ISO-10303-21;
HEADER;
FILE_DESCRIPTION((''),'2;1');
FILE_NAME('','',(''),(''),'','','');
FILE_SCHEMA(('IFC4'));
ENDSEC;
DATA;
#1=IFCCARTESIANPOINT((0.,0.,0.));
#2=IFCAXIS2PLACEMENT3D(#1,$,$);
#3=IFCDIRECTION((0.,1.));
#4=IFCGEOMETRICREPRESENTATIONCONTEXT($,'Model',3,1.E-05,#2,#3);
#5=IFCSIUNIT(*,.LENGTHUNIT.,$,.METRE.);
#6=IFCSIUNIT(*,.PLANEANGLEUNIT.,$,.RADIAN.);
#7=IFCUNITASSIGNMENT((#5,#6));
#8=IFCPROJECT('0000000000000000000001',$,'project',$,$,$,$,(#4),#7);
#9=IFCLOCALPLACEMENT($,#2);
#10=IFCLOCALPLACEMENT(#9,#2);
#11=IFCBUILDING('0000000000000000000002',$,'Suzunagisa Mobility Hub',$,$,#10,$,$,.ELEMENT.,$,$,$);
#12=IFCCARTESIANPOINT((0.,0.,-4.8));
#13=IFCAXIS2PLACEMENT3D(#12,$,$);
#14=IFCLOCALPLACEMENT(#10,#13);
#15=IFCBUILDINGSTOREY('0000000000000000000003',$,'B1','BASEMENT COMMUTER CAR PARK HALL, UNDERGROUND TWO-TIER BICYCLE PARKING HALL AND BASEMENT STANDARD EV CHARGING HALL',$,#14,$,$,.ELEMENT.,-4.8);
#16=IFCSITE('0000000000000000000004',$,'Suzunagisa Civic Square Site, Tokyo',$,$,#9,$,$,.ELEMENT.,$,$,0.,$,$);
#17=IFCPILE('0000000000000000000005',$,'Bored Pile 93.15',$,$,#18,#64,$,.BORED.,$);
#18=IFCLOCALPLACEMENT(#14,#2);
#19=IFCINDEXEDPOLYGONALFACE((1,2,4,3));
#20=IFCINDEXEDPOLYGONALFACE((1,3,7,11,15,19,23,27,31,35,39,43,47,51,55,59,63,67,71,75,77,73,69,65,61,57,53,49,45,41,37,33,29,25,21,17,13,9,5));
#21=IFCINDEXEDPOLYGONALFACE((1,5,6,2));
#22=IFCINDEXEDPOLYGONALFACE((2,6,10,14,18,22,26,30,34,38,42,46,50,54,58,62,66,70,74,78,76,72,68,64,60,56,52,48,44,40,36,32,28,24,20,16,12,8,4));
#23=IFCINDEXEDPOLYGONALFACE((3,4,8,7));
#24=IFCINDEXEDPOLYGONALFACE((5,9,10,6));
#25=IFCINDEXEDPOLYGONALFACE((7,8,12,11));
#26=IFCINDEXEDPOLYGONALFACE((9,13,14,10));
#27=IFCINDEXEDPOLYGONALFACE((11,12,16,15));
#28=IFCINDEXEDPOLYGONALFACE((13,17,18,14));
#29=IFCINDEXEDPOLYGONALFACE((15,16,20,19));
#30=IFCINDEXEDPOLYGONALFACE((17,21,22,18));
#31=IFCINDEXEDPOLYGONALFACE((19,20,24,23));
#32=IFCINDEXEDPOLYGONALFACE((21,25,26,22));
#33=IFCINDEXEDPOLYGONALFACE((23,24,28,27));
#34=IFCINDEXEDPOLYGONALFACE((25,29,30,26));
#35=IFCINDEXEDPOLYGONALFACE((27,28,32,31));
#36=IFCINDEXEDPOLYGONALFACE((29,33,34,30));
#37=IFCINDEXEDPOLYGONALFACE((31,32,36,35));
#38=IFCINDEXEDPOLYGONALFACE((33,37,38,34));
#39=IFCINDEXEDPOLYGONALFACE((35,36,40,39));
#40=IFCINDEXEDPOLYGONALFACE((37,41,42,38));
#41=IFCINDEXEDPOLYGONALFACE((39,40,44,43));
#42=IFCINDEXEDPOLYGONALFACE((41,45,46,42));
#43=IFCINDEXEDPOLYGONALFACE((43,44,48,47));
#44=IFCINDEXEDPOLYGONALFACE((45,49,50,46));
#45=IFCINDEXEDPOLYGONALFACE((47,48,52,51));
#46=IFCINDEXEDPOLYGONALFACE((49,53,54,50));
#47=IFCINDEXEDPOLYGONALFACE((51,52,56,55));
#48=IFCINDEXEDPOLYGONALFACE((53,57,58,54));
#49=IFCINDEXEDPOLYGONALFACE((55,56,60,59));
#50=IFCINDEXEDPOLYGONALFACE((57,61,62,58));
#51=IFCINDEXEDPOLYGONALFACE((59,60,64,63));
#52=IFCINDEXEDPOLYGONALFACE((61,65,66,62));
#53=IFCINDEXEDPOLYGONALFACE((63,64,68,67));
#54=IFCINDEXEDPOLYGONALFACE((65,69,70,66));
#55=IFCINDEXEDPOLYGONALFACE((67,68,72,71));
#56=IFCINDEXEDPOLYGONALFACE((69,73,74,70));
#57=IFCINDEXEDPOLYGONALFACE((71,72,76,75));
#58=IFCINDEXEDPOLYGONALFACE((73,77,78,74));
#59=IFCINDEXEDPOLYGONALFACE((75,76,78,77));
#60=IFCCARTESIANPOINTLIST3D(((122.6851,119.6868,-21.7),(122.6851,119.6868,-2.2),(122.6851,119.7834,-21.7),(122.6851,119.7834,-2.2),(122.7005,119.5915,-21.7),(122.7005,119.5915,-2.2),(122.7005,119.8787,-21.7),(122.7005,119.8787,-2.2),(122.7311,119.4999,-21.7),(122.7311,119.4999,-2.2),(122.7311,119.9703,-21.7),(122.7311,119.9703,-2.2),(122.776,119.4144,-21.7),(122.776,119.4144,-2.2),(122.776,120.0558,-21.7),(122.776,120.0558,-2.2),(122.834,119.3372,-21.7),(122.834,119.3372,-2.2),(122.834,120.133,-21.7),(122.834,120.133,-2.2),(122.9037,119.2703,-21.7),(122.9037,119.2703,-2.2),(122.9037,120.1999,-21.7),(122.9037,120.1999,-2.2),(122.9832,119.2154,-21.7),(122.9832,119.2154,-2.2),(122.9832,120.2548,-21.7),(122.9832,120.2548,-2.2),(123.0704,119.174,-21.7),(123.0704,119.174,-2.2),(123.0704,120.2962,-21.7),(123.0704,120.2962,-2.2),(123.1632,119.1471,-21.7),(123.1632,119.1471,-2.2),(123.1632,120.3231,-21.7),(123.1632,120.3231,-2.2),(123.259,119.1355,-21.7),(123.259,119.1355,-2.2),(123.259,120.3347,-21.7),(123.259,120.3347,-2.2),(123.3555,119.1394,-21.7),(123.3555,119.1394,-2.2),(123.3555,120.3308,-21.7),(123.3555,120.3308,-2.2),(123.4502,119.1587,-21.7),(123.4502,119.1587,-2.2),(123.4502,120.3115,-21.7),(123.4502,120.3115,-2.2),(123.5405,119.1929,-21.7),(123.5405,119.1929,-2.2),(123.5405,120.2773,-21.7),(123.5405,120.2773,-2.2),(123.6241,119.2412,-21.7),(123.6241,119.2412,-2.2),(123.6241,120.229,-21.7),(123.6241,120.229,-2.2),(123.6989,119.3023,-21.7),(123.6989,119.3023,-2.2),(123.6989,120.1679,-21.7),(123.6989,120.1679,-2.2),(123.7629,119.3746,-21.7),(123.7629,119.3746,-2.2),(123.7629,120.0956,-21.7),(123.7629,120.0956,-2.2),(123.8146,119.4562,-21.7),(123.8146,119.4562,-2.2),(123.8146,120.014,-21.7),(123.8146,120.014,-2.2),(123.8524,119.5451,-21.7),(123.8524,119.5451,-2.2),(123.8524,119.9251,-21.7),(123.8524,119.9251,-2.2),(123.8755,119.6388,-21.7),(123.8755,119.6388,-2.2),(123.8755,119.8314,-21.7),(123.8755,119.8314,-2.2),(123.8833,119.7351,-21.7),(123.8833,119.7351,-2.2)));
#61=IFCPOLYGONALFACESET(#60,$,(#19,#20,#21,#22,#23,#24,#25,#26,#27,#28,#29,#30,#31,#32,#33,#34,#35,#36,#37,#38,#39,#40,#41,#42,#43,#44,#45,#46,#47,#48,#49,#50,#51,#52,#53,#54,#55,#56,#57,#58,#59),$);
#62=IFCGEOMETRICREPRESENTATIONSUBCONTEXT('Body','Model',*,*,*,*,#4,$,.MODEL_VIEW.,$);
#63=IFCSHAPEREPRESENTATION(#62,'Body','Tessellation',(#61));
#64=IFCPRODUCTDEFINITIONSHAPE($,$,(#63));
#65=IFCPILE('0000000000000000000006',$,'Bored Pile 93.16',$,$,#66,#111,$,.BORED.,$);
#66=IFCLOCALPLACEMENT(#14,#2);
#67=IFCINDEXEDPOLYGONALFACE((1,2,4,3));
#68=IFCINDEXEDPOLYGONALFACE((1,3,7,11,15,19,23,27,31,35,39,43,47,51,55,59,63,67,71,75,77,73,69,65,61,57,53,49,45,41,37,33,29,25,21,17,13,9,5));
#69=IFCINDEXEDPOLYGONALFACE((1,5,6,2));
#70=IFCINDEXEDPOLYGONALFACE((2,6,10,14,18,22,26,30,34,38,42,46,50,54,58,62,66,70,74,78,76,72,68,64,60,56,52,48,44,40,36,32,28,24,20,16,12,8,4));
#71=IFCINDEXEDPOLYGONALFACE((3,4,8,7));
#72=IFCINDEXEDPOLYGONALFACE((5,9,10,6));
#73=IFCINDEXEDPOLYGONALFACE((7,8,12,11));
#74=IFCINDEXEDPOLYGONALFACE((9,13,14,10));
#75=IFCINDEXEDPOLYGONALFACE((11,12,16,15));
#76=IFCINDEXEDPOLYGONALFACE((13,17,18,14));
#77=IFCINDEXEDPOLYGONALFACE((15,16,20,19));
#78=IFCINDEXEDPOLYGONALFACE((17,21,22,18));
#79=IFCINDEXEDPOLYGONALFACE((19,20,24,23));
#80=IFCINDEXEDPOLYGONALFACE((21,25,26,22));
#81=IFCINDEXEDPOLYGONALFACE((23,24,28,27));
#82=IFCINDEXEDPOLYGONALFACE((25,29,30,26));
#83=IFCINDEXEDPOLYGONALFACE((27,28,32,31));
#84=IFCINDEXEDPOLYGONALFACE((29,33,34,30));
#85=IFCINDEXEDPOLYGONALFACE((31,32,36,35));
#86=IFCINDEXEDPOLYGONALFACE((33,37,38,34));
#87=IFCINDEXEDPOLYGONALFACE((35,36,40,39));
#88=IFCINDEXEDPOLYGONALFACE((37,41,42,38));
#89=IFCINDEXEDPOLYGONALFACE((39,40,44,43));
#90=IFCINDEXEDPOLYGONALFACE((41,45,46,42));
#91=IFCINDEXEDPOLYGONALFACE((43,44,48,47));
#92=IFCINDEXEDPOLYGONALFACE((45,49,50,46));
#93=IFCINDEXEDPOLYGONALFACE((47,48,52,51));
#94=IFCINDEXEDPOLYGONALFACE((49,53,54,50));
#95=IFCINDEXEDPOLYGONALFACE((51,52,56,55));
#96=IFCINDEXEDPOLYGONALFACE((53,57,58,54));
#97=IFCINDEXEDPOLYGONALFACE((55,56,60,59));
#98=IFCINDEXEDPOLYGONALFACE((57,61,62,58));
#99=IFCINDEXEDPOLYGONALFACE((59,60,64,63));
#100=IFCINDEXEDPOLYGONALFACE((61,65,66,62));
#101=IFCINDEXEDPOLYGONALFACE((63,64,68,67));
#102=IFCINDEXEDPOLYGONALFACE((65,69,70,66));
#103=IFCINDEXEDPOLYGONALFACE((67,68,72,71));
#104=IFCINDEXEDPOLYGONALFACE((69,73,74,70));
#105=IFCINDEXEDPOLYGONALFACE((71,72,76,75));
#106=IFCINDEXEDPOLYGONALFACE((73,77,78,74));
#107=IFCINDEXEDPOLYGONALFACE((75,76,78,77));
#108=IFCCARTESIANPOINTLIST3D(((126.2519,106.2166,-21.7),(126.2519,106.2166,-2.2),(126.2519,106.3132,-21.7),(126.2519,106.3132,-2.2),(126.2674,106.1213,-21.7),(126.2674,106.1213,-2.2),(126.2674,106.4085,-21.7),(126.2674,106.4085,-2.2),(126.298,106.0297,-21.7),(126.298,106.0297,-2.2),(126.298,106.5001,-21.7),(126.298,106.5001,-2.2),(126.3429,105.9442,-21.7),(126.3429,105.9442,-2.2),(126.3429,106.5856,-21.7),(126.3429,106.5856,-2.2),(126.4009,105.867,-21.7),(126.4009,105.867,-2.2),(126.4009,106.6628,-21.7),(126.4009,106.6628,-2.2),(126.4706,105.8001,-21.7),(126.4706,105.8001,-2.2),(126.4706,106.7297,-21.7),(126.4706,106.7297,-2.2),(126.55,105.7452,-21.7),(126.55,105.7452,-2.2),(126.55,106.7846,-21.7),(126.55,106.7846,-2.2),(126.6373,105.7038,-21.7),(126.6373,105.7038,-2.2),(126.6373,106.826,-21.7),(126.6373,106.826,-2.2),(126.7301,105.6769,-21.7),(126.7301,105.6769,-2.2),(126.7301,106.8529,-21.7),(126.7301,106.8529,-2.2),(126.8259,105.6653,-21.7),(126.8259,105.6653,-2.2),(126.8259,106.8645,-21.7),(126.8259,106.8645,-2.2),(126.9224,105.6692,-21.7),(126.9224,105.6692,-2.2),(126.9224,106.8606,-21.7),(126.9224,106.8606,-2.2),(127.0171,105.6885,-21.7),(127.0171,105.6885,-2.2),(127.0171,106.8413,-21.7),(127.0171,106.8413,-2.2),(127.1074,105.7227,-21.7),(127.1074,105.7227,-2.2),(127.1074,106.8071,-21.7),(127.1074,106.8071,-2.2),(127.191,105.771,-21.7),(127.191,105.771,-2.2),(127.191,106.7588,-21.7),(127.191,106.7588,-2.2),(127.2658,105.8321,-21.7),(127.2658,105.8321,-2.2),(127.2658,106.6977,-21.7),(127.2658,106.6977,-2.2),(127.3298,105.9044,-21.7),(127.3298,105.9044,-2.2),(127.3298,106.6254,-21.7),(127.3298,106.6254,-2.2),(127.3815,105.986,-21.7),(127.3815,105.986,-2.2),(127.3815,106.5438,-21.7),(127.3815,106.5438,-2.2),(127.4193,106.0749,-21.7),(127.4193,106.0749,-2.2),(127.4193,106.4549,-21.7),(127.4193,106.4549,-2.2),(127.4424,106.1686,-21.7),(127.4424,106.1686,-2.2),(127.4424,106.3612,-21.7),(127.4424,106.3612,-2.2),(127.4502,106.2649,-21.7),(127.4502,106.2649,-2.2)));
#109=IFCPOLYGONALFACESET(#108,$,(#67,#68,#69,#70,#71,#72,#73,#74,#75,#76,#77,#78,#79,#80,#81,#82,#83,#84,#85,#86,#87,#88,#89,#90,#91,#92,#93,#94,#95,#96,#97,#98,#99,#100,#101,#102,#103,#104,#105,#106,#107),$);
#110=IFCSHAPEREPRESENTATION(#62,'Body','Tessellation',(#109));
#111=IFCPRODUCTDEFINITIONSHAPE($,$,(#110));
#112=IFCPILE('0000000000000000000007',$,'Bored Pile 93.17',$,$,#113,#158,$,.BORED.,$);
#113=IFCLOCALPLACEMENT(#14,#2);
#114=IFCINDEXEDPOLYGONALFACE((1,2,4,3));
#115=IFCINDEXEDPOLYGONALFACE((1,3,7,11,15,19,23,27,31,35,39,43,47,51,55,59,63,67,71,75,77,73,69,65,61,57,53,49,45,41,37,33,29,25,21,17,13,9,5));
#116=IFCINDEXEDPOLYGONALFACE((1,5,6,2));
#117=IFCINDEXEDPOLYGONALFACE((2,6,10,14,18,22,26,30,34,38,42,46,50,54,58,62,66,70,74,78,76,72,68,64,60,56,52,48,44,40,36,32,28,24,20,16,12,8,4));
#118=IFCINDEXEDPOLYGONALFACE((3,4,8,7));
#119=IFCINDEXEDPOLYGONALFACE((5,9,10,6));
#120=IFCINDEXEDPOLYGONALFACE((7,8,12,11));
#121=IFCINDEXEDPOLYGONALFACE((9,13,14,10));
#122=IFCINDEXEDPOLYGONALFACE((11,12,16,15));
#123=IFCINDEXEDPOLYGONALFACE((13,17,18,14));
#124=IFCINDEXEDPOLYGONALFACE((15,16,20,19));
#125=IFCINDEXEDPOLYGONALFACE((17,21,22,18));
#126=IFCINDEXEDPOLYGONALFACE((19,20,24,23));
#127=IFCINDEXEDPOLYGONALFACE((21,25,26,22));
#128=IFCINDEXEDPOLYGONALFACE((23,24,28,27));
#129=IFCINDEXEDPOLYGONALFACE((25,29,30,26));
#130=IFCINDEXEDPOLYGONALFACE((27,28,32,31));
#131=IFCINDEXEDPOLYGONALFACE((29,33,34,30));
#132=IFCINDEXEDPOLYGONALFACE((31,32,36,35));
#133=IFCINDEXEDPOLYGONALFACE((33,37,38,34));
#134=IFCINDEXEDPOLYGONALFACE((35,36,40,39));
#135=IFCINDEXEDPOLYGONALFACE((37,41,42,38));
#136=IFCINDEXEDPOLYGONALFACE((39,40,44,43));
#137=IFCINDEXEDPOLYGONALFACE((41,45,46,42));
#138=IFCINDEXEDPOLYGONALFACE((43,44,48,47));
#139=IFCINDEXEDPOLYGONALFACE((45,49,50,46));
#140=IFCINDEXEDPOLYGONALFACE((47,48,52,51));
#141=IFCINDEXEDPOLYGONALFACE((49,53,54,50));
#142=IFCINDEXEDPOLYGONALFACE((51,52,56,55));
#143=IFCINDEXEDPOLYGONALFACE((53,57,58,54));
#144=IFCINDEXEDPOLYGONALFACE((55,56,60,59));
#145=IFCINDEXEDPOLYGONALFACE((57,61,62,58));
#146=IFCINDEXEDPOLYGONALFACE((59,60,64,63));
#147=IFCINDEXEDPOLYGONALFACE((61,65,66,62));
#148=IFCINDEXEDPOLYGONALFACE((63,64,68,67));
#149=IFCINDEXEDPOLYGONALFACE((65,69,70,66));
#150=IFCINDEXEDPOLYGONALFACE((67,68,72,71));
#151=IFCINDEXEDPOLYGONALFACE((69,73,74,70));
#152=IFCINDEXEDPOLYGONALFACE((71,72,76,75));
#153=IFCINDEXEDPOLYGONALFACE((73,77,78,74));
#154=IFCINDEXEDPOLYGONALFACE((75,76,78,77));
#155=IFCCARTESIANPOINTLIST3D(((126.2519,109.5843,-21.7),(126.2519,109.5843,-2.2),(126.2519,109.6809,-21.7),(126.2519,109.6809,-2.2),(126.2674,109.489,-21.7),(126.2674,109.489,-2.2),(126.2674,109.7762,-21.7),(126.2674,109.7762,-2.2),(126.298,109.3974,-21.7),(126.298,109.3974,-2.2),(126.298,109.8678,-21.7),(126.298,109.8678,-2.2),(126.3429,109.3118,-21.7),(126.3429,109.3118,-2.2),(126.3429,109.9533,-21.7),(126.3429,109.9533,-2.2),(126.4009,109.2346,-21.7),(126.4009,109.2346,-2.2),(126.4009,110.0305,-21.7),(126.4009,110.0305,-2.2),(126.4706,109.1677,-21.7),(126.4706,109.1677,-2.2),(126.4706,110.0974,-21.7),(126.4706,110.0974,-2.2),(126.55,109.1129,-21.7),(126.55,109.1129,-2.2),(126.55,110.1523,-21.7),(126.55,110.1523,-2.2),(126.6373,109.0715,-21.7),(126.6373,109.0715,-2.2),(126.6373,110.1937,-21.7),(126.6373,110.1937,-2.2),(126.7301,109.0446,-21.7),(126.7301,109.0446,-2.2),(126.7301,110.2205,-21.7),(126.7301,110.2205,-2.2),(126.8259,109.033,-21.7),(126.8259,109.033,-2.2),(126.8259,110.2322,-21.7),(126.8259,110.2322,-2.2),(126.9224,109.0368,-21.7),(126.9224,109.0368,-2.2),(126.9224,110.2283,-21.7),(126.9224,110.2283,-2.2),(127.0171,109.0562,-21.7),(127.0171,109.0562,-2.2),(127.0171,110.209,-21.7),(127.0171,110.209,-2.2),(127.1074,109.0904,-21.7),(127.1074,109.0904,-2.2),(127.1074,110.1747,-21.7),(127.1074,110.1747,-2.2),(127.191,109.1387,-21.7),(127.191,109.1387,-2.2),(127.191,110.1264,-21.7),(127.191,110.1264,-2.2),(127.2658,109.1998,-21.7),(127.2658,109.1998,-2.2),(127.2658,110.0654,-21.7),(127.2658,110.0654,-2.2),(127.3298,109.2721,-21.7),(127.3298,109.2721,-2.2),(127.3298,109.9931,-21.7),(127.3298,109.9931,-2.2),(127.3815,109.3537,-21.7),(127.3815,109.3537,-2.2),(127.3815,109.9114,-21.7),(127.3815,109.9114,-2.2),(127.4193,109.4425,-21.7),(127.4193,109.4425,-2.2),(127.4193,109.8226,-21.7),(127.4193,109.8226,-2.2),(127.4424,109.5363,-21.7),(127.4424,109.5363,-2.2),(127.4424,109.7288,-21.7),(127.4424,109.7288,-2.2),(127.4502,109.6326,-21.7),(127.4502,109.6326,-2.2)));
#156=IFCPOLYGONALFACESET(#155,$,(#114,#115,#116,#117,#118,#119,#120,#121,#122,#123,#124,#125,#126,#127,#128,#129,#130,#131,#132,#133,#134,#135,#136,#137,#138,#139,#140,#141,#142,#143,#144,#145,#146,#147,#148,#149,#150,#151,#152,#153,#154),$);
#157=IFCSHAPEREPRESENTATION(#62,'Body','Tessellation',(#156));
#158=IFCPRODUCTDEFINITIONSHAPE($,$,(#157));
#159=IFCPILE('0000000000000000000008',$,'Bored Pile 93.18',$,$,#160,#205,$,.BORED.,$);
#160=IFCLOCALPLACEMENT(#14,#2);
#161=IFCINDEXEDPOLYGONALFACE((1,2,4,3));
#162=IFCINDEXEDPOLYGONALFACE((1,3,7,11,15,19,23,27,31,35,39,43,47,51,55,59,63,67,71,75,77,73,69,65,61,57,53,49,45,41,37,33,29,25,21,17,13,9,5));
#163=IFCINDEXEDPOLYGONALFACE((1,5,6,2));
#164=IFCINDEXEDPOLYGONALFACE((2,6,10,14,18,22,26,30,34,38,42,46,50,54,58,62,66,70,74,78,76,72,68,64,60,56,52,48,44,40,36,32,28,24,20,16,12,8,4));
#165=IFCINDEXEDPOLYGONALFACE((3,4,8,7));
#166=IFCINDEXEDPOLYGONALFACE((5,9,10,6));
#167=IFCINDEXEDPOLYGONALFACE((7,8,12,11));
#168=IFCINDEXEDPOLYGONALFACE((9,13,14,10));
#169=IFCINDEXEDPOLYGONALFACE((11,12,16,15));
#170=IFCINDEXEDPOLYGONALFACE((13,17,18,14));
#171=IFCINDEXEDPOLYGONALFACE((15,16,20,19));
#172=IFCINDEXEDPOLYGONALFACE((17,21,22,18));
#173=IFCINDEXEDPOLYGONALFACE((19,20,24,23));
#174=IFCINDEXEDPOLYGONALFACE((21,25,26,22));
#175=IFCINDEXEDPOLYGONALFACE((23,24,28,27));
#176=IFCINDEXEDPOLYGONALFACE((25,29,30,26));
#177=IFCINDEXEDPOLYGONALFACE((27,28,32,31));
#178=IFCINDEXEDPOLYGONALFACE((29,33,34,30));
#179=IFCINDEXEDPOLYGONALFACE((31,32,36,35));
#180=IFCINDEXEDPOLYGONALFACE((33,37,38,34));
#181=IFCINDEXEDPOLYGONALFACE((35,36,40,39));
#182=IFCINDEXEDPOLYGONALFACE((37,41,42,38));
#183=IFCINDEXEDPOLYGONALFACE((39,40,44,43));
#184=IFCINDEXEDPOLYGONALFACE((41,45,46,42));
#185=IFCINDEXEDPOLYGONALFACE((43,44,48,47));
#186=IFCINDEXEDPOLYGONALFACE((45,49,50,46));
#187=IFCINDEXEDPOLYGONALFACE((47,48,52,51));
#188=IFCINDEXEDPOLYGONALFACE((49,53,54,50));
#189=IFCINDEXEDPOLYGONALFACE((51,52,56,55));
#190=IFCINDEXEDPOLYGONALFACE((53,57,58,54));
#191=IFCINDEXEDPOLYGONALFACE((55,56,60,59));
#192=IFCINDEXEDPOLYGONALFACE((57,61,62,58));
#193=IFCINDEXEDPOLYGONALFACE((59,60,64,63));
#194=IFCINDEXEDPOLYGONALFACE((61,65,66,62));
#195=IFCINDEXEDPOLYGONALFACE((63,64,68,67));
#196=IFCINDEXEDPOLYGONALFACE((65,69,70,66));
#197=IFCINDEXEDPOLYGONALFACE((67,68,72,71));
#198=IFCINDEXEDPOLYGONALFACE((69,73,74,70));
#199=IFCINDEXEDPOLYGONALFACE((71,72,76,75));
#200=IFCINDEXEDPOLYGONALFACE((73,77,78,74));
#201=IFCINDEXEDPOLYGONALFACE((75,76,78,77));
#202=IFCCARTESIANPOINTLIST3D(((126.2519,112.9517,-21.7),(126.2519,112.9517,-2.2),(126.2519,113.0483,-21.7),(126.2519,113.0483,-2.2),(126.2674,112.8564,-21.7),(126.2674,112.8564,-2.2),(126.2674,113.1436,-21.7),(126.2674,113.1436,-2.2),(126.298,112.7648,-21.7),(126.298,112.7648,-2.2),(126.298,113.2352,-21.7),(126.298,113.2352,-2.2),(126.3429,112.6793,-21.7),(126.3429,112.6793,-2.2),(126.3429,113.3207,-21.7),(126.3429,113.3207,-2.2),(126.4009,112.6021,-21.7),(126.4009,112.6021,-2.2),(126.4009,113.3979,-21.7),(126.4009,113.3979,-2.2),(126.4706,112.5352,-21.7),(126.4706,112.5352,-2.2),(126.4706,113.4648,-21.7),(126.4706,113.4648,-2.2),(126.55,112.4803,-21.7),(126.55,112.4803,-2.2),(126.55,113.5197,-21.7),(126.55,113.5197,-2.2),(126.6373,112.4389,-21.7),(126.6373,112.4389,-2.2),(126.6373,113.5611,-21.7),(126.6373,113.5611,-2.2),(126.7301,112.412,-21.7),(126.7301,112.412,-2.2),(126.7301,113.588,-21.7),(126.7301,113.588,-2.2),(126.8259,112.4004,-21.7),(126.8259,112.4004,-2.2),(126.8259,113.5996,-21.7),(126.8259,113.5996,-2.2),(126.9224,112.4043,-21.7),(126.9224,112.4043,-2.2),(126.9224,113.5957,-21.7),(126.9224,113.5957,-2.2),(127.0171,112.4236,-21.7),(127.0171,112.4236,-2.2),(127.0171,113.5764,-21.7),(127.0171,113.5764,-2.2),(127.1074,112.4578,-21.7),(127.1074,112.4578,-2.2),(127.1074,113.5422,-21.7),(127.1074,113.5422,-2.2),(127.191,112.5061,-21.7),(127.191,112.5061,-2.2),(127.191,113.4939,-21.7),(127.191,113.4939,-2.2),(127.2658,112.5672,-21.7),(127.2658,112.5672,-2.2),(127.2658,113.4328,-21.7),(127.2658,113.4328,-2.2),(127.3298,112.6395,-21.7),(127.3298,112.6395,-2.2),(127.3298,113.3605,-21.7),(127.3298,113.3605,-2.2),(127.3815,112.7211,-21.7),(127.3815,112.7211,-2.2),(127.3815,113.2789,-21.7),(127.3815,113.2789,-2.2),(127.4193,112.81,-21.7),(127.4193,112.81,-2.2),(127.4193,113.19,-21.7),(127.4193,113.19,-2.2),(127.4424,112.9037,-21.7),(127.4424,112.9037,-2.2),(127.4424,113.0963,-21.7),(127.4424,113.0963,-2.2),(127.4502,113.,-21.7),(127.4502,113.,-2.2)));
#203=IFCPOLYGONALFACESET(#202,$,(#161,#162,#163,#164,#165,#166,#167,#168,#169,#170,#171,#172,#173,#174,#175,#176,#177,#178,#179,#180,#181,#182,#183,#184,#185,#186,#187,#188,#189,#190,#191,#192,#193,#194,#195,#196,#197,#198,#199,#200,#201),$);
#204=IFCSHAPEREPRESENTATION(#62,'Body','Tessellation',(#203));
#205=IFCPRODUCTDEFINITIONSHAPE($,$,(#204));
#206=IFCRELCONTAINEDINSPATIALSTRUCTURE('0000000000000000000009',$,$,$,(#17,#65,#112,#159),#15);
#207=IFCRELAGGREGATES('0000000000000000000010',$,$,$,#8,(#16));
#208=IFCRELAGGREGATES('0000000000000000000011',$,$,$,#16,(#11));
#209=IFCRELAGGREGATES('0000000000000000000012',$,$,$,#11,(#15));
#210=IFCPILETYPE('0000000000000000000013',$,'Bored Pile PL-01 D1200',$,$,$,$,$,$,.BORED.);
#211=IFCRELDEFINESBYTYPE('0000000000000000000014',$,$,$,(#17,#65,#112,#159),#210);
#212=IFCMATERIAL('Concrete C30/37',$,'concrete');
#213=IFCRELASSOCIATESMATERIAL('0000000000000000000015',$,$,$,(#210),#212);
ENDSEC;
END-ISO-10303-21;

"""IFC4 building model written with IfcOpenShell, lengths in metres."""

from ifc_helpers import new_model, si_unit, direction, frame, origin, origin_2d, place, context, subcontext, project, spatial, circle, extrude, material, material_profile, profile_set, type_object, element, save


model = new_model("IFC4")

# Units and contexts
model_context = context("Model", 3, precision=1e-05, world=origin(), true_north=direction((0.0, 1.0)))
body_context = subcontext(model_context, "Body", "Model", "MODEL_VIEW")
ifc_project = project(units=[si_unit("LENGTHUNIT", "METRE"), si_unit("PLANEANGLEUNIT", "RADIAN")], contexts=[model_context])

# Site, building, storey
site_placement = place(None, origin())
site = spatial("IfcSite", under=ifc_project, at=site_placement, Name="Suzunagisa Civic Square Site, Tokyo", CompositionType="ELEMENT", RefElevation=0.0)
building_placement = place(site_placement, origin())
building = spatial("IfcBuilding", under=site, at=building_placement, Name="Suzunagisa Mobility Hub", CompositionType="ELEMENT")
storey_placement = place(building_placement, frame((0.0, 0.0, -4.8)))
storey = spatial("IfcBuildingStorey", under=building, at=storey_placement, Name="B1", Description="BASEMENT COMMUTER CAR PARK HALL, UNDERGROUND TWO-TIER BICYCLE PARKING HALL AND BASEMENT STANDARD EV CHARGING HALL", CompositionType="ELEMENT", Elevation=-4.8)

# Piles
ifc_material_1 = material(Name="Concrete C30/37", Category="concrete")
ifc_material_profile_1 = material_profile(ifc_material_1, circle(Radius=0.6001, at=origin_2d()), Name="BORED PILE D1200")
ifc_profile_set_1 = profile_set([ifc_material_profile_1], Name="Concrete C30/37")
pile_type = type_object("IfcPileType", Name="Bored Pile PL-01 D1200", PredefinedType="BORED", material=ifc_profile_set_1)
for number, where, z_axis, x_axis, name in (
    (1, (123.2832, 119.7351, -2.2), (0.0, 0.0, -1.0), (1.0, 0.0, 0.0), "Bored Pile 93.15"),
    (2, (126.8501, 106.2649, -2.2), (0.0, 0.0, -1.0), (1.0, 0.0, 0.0), "Bored Pile 93.16"),
    (3, (126.8501, 109.6326, -2.2), (0.0, 0.0, -1.0), (1.0, 0.0, 0.0), "Bored Pile 93.17"),
    (4, (126.8501, 113.0, -2.2), (0.0, 0.0, -1.0), (1.0, 0.0, 0.0), "Bored Pile 93.18"),
):
    element("IfcPile", number, at=place(storey_placement, frame(where, z_axis=z_axis, x_axis=x_axis)), inside=storey, type_object=pile_type, Name=name, PredefinedType="BORED", context=body_context, shape_type="SweptSolid", body=[
        extrude(circle(Radius=0.6001, at=origin_2d()), origin(), (0.0, 0.0, 1.0), 19.5),
    ])

save(model, "model.ifc")
